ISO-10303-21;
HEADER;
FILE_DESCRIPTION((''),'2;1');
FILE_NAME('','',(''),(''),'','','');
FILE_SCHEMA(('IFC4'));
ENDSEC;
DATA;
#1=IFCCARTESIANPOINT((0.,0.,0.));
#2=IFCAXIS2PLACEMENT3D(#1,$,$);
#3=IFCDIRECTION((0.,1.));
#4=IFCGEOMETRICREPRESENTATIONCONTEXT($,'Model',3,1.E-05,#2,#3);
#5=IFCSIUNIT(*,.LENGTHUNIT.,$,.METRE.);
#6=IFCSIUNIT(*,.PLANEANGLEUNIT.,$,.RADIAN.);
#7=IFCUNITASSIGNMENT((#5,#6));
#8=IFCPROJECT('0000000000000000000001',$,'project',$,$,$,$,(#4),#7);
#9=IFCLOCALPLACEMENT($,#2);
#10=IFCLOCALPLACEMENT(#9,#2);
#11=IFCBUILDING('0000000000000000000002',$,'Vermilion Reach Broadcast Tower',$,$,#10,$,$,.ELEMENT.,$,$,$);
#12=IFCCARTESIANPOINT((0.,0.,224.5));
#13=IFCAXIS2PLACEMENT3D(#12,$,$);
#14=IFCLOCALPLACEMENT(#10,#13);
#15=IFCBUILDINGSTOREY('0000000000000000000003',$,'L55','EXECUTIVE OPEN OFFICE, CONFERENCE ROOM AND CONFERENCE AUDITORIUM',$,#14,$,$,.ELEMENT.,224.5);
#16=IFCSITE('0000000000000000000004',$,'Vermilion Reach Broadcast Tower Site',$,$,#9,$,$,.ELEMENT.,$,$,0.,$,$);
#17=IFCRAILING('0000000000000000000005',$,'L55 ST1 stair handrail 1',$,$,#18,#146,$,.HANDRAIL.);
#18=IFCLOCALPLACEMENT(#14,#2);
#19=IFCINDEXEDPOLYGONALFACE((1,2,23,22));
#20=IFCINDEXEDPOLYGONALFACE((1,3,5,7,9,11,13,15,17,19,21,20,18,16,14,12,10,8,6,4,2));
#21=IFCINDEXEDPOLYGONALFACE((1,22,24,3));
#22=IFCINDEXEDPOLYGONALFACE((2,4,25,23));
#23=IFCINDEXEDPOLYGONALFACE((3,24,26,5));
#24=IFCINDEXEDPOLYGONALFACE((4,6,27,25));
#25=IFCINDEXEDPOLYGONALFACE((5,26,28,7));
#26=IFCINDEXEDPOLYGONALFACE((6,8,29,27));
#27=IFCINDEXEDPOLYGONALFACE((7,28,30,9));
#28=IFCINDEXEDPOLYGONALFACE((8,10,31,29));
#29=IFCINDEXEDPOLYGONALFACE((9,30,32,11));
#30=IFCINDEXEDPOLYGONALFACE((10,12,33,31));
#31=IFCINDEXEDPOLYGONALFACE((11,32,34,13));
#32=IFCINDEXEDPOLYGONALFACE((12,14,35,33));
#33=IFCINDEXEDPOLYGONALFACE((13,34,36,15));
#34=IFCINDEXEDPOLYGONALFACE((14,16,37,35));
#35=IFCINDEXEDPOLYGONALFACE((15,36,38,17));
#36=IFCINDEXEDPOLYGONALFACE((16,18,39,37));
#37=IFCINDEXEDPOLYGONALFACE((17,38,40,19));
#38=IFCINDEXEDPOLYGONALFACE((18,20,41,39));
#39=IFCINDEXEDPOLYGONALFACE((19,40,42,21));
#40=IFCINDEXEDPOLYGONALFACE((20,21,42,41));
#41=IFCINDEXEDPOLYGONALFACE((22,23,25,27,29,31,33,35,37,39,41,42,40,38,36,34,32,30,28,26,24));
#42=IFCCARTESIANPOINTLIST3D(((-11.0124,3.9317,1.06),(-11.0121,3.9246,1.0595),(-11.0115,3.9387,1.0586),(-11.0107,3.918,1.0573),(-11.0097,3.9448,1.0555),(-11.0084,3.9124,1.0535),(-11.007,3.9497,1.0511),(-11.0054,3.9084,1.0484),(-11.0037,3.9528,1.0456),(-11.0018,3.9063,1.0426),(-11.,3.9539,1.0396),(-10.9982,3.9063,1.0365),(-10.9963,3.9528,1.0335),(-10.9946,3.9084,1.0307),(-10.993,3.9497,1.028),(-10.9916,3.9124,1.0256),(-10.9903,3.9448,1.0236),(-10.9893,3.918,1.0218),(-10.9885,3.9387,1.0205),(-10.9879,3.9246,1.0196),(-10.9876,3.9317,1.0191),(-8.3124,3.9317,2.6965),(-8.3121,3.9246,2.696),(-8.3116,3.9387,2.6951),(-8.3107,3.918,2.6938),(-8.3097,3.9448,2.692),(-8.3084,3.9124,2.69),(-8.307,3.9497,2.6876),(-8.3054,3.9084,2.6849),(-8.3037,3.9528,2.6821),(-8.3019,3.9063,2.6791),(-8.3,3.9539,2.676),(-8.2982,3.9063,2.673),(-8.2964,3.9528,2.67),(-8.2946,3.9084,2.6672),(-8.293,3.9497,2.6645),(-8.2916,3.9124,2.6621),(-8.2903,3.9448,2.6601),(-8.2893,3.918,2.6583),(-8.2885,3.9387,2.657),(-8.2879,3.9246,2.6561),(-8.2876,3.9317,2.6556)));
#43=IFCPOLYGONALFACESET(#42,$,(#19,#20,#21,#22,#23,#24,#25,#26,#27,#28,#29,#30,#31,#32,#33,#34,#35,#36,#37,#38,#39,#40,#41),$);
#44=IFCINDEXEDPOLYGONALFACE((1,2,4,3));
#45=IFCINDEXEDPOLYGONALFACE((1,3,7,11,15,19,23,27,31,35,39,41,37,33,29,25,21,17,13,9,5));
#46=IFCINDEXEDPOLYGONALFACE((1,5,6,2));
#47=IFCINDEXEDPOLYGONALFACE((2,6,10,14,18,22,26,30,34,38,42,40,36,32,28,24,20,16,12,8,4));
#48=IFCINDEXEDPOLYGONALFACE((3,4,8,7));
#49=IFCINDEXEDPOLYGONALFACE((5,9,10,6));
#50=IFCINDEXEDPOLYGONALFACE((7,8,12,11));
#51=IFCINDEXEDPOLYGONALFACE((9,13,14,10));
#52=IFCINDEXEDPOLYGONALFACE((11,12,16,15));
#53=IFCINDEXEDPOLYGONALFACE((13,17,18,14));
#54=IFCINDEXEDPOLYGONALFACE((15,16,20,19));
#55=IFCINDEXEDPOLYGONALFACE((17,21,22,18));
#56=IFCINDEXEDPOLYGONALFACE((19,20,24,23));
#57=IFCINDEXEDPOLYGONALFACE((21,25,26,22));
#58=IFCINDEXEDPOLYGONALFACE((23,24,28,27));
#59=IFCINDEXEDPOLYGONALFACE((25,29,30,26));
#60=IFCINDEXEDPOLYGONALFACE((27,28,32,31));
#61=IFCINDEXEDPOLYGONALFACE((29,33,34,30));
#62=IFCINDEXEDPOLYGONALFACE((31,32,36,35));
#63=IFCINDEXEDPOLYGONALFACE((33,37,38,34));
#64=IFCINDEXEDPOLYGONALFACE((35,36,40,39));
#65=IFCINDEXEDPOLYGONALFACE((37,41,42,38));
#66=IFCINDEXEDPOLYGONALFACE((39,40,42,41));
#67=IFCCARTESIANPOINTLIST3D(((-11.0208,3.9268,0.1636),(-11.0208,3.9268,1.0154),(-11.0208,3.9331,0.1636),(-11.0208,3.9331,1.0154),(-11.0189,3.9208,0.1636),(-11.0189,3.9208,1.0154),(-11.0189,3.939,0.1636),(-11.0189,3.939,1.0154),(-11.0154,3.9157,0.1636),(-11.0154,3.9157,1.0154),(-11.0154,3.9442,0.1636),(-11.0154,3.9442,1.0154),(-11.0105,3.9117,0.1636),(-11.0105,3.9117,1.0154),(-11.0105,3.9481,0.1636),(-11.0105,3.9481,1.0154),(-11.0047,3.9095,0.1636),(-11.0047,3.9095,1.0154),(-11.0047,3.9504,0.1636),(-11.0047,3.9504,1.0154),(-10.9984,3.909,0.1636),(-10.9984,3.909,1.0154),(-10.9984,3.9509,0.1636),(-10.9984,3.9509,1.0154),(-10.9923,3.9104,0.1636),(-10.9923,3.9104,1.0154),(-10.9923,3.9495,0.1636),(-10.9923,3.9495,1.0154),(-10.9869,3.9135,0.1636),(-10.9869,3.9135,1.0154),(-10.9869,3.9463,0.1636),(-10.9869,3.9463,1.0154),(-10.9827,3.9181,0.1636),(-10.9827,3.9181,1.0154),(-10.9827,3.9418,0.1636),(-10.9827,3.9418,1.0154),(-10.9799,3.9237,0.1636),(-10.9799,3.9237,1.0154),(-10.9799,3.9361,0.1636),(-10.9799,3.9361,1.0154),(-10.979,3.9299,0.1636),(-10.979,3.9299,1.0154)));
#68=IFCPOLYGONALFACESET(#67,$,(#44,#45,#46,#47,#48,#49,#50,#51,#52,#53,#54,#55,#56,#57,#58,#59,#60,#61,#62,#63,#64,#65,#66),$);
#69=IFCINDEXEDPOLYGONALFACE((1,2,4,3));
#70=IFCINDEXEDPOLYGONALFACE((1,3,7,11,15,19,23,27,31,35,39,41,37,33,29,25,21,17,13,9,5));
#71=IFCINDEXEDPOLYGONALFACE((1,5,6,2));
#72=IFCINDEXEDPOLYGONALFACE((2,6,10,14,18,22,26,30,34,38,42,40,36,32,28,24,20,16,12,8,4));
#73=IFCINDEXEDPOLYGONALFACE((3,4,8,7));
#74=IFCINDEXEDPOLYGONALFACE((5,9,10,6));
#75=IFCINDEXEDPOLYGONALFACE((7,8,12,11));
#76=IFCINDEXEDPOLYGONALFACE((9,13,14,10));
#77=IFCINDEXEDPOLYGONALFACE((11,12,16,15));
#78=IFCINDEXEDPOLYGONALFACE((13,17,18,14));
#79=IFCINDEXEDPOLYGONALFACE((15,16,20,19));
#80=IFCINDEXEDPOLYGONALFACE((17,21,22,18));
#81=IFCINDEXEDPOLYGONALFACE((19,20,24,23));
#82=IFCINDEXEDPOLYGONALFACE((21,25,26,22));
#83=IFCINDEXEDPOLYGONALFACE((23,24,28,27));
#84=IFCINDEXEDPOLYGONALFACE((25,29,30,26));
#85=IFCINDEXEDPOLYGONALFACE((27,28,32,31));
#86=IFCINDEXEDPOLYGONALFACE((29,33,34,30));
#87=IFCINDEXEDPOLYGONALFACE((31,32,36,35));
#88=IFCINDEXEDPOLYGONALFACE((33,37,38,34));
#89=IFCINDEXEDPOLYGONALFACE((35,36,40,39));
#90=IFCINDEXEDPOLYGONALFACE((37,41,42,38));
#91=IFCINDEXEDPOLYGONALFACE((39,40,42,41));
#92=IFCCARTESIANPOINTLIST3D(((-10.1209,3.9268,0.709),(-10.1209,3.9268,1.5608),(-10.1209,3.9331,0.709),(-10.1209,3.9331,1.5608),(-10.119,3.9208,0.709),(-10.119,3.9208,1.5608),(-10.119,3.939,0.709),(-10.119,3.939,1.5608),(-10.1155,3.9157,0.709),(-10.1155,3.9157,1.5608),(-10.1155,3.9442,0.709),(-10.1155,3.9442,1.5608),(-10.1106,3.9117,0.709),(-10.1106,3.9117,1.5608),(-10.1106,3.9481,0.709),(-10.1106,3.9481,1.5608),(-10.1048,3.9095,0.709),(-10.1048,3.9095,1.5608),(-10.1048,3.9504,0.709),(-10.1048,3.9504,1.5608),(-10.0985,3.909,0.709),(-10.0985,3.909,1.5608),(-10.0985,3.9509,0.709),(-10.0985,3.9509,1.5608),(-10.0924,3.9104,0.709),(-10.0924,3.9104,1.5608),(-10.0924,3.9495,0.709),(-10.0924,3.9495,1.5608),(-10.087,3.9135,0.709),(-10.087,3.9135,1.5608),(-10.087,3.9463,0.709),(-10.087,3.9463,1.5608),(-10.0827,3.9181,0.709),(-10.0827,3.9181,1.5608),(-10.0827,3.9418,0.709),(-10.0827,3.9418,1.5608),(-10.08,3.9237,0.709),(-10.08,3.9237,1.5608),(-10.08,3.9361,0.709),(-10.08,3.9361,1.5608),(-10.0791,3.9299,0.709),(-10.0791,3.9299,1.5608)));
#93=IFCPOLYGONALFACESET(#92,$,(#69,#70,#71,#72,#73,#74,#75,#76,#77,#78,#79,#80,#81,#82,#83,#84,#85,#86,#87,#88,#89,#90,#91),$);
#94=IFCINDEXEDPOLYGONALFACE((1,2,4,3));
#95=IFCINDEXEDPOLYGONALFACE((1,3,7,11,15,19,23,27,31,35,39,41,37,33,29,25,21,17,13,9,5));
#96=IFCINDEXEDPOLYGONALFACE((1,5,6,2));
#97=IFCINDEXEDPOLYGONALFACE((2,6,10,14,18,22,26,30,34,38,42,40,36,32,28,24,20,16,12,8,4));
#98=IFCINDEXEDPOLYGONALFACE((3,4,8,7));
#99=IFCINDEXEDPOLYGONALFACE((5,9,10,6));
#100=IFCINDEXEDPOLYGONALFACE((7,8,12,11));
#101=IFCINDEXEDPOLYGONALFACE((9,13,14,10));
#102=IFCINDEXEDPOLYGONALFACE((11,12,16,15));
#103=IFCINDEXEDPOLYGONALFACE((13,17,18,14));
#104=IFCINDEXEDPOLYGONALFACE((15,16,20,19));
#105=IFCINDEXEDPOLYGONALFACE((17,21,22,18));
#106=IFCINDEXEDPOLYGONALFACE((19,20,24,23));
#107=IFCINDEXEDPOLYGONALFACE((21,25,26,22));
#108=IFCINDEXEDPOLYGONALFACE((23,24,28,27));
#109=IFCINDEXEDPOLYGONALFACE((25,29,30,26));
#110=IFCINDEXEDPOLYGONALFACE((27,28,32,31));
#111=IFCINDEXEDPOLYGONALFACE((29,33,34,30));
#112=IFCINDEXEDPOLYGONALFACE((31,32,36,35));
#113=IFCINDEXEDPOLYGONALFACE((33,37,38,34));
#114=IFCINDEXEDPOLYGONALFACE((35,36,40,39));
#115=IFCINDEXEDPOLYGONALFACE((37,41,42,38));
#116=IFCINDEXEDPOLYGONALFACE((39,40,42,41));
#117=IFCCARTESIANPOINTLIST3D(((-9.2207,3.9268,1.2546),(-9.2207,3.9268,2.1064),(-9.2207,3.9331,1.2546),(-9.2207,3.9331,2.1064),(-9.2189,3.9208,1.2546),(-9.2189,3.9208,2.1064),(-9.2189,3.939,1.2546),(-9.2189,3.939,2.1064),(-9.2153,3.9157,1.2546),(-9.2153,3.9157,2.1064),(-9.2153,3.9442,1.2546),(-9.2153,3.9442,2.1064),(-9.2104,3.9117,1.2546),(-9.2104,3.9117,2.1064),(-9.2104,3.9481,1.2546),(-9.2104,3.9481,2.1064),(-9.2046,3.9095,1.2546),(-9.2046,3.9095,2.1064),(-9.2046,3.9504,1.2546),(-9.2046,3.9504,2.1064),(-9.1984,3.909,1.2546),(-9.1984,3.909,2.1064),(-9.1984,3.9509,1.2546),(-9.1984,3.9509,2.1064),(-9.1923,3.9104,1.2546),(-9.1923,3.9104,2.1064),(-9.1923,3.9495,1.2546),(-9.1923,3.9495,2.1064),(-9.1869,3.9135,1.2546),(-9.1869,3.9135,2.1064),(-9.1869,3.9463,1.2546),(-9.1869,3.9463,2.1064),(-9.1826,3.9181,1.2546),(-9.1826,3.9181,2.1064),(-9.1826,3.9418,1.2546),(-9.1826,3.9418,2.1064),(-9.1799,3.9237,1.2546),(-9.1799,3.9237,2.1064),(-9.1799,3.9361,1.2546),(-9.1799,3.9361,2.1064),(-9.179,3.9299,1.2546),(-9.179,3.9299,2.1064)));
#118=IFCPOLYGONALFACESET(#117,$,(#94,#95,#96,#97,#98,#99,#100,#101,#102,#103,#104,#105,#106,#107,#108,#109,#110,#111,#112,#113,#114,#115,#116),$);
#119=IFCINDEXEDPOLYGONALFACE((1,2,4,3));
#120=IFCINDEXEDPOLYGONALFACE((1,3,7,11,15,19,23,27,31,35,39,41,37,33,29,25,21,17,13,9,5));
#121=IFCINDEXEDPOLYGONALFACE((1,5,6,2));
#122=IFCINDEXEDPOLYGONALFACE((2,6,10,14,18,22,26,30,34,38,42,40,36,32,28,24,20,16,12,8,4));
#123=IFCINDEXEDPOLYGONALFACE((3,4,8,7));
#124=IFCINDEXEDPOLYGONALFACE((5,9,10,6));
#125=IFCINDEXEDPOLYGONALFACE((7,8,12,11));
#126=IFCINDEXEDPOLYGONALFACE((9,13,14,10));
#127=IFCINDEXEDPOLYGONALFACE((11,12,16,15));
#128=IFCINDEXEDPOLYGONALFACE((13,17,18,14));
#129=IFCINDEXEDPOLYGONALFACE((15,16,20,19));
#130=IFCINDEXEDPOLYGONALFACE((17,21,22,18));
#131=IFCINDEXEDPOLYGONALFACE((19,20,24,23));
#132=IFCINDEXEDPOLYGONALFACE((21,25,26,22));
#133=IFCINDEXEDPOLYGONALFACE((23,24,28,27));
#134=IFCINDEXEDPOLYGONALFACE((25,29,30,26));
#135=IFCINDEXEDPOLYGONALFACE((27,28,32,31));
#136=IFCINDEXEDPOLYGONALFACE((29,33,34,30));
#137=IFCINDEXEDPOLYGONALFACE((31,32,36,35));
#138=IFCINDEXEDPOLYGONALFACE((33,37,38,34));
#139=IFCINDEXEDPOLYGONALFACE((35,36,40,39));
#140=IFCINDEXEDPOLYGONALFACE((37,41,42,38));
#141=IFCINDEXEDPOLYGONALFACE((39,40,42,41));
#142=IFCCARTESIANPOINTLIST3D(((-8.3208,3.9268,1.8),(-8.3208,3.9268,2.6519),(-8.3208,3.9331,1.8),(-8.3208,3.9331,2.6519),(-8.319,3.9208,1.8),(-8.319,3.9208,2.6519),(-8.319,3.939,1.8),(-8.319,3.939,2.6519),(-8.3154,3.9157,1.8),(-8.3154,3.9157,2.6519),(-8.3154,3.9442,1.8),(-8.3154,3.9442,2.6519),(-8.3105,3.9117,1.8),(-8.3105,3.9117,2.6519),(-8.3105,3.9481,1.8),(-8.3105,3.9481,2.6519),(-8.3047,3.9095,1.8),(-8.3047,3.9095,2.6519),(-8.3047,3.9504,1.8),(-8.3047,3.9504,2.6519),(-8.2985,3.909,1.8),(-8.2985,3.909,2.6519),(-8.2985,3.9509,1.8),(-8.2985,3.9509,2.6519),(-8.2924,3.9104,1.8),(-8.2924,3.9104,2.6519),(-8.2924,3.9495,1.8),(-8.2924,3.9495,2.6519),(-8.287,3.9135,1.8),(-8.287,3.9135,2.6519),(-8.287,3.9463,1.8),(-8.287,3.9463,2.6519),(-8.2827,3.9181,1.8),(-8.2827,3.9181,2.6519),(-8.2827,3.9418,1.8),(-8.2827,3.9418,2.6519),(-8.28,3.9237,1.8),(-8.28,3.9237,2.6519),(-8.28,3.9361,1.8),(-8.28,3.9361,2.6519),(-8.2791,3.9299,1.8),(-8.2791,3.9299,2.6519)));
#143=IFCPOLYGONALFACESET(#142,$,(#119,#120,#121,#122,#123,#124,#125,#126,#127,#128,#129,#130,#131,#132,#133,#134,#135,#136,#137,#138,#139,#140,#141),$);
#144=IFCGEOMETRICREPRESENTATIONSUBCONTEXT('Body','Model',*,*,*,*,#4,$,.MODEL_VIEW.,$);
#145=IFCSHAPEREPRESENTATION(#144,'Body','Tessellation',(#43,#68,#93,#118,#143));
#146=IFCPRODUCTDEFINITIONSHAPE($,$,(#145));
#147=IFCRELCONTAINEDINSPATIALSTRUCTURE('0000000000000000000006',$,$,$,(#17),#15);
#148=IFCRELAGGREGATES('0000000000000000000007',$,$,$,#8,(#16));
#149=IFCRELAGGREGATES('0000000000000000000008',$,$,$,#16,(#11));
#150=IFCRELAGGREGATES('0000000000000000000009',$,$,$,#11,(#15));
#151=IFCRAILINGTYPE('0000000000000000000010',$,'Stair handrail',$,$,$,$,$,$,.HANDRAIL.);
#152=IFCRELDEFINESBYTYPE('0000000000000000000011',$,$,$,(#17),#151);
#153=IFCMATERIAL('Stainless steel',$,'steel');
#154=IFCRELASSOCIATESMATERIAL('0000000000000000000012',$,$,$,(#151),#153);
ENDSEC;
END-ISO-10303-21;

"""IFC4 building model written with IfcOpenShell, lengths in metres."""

from ifc_helpers import new_model, si_unit, direction, frame, origin, origin_2d, place, context, subcontext, project, spatial, circle, extrude, material, type_object, element, save


model = new_model("IFC4")

# Units and contexts
model_context = context("Model", 3, precision=1e-05, world=origin(), true_north=direction((0.0, 1.0)))
body_context = subcontext(model_context, "Body", "Model", "MODEL_VIEW")
ifc_project = project(units=[si_unit("LENGTHUNIT", "METRE"), si_unit("PLANEANGLEUNIT", "RADIAN")], contexts=[model_context])

# Site, building, storey
site_placement = place(None, origin())
site = spatial("IfcSite", under=ifc_project, at=site_placement, Name="Vermilion Reach Broadcast Tower Site", CompositionType="ELEMENT", RefElevation=0.0)
building_placement = place(site_placement, origin())
building = spatial("IfcBuilding", under=site, at=building_placement, Name="Vermilion Reach Broadcast Tower", CompositionType="ELEMENT")
storey_placement = place(building_placement, frame((0.0, 0.0, 224.5)))
storey = spatial("IfcBuildingStorey", under=building, at=storey_placement, Name="L55", Description="EXECUTIVE OPEN OFFICE, CONFERENCE ROOM AND CONFERENCE AUDITORIUM", CompositionType="ELEMENT", Elevation=224.5)

# Railing
ifc_material_1 = material(Name="Stainless steel", Category="steel")
railing_type_1 = type_object("IfcRailingType", Name="Stair handrail", PredefinedType="HANDRAIL", material=ifc_material_1)
railing_1_placement = place(storey_placement, frame((-11.0, 3.9299, 0.1636)))
element("IfcRailing", 1, at=railing_1_placement, inside=storey, type_object=railing_type_1, Name="L55 ST1 stair handrail 1", PredefinedType="HANDRAIL", context=body_context, shape_type="SweptSolid", body=[
    extrude(circle(Radius=0.0239, at=origin_2d()), frame((0.0, 0.0, 0.876), z_axis=(0.855178, 0.0, 0.518334), x_axis=(0.0, 1.0, 0.0)), (0.0, 0.0, 1.0), 3.1572),
    extrude(circle(Radius=0.021, at=origin_2d()), origin(), (0.0, 0.0, 1.0), 0.8518),
    extrude(circle(Radius=0.021, at=origin_2d()), frame((0.8999, 0.0, 0.5454)), (0.0, 0.0, 1.0), 0.8518),
    extrude(circle(Radius=0.021, at=origin_2d()), frame((1.8, 0.0, 1.0911)), (0.0, 0.0, 1.0), 0.8518),
    extrude(circle(Radius=0.021, at=origin_2d()), frame((2.7, 0.0, 1.6365)), (0.0, 0.0, 1.0), 0.8518),
])

save(model, "model.ifc")
